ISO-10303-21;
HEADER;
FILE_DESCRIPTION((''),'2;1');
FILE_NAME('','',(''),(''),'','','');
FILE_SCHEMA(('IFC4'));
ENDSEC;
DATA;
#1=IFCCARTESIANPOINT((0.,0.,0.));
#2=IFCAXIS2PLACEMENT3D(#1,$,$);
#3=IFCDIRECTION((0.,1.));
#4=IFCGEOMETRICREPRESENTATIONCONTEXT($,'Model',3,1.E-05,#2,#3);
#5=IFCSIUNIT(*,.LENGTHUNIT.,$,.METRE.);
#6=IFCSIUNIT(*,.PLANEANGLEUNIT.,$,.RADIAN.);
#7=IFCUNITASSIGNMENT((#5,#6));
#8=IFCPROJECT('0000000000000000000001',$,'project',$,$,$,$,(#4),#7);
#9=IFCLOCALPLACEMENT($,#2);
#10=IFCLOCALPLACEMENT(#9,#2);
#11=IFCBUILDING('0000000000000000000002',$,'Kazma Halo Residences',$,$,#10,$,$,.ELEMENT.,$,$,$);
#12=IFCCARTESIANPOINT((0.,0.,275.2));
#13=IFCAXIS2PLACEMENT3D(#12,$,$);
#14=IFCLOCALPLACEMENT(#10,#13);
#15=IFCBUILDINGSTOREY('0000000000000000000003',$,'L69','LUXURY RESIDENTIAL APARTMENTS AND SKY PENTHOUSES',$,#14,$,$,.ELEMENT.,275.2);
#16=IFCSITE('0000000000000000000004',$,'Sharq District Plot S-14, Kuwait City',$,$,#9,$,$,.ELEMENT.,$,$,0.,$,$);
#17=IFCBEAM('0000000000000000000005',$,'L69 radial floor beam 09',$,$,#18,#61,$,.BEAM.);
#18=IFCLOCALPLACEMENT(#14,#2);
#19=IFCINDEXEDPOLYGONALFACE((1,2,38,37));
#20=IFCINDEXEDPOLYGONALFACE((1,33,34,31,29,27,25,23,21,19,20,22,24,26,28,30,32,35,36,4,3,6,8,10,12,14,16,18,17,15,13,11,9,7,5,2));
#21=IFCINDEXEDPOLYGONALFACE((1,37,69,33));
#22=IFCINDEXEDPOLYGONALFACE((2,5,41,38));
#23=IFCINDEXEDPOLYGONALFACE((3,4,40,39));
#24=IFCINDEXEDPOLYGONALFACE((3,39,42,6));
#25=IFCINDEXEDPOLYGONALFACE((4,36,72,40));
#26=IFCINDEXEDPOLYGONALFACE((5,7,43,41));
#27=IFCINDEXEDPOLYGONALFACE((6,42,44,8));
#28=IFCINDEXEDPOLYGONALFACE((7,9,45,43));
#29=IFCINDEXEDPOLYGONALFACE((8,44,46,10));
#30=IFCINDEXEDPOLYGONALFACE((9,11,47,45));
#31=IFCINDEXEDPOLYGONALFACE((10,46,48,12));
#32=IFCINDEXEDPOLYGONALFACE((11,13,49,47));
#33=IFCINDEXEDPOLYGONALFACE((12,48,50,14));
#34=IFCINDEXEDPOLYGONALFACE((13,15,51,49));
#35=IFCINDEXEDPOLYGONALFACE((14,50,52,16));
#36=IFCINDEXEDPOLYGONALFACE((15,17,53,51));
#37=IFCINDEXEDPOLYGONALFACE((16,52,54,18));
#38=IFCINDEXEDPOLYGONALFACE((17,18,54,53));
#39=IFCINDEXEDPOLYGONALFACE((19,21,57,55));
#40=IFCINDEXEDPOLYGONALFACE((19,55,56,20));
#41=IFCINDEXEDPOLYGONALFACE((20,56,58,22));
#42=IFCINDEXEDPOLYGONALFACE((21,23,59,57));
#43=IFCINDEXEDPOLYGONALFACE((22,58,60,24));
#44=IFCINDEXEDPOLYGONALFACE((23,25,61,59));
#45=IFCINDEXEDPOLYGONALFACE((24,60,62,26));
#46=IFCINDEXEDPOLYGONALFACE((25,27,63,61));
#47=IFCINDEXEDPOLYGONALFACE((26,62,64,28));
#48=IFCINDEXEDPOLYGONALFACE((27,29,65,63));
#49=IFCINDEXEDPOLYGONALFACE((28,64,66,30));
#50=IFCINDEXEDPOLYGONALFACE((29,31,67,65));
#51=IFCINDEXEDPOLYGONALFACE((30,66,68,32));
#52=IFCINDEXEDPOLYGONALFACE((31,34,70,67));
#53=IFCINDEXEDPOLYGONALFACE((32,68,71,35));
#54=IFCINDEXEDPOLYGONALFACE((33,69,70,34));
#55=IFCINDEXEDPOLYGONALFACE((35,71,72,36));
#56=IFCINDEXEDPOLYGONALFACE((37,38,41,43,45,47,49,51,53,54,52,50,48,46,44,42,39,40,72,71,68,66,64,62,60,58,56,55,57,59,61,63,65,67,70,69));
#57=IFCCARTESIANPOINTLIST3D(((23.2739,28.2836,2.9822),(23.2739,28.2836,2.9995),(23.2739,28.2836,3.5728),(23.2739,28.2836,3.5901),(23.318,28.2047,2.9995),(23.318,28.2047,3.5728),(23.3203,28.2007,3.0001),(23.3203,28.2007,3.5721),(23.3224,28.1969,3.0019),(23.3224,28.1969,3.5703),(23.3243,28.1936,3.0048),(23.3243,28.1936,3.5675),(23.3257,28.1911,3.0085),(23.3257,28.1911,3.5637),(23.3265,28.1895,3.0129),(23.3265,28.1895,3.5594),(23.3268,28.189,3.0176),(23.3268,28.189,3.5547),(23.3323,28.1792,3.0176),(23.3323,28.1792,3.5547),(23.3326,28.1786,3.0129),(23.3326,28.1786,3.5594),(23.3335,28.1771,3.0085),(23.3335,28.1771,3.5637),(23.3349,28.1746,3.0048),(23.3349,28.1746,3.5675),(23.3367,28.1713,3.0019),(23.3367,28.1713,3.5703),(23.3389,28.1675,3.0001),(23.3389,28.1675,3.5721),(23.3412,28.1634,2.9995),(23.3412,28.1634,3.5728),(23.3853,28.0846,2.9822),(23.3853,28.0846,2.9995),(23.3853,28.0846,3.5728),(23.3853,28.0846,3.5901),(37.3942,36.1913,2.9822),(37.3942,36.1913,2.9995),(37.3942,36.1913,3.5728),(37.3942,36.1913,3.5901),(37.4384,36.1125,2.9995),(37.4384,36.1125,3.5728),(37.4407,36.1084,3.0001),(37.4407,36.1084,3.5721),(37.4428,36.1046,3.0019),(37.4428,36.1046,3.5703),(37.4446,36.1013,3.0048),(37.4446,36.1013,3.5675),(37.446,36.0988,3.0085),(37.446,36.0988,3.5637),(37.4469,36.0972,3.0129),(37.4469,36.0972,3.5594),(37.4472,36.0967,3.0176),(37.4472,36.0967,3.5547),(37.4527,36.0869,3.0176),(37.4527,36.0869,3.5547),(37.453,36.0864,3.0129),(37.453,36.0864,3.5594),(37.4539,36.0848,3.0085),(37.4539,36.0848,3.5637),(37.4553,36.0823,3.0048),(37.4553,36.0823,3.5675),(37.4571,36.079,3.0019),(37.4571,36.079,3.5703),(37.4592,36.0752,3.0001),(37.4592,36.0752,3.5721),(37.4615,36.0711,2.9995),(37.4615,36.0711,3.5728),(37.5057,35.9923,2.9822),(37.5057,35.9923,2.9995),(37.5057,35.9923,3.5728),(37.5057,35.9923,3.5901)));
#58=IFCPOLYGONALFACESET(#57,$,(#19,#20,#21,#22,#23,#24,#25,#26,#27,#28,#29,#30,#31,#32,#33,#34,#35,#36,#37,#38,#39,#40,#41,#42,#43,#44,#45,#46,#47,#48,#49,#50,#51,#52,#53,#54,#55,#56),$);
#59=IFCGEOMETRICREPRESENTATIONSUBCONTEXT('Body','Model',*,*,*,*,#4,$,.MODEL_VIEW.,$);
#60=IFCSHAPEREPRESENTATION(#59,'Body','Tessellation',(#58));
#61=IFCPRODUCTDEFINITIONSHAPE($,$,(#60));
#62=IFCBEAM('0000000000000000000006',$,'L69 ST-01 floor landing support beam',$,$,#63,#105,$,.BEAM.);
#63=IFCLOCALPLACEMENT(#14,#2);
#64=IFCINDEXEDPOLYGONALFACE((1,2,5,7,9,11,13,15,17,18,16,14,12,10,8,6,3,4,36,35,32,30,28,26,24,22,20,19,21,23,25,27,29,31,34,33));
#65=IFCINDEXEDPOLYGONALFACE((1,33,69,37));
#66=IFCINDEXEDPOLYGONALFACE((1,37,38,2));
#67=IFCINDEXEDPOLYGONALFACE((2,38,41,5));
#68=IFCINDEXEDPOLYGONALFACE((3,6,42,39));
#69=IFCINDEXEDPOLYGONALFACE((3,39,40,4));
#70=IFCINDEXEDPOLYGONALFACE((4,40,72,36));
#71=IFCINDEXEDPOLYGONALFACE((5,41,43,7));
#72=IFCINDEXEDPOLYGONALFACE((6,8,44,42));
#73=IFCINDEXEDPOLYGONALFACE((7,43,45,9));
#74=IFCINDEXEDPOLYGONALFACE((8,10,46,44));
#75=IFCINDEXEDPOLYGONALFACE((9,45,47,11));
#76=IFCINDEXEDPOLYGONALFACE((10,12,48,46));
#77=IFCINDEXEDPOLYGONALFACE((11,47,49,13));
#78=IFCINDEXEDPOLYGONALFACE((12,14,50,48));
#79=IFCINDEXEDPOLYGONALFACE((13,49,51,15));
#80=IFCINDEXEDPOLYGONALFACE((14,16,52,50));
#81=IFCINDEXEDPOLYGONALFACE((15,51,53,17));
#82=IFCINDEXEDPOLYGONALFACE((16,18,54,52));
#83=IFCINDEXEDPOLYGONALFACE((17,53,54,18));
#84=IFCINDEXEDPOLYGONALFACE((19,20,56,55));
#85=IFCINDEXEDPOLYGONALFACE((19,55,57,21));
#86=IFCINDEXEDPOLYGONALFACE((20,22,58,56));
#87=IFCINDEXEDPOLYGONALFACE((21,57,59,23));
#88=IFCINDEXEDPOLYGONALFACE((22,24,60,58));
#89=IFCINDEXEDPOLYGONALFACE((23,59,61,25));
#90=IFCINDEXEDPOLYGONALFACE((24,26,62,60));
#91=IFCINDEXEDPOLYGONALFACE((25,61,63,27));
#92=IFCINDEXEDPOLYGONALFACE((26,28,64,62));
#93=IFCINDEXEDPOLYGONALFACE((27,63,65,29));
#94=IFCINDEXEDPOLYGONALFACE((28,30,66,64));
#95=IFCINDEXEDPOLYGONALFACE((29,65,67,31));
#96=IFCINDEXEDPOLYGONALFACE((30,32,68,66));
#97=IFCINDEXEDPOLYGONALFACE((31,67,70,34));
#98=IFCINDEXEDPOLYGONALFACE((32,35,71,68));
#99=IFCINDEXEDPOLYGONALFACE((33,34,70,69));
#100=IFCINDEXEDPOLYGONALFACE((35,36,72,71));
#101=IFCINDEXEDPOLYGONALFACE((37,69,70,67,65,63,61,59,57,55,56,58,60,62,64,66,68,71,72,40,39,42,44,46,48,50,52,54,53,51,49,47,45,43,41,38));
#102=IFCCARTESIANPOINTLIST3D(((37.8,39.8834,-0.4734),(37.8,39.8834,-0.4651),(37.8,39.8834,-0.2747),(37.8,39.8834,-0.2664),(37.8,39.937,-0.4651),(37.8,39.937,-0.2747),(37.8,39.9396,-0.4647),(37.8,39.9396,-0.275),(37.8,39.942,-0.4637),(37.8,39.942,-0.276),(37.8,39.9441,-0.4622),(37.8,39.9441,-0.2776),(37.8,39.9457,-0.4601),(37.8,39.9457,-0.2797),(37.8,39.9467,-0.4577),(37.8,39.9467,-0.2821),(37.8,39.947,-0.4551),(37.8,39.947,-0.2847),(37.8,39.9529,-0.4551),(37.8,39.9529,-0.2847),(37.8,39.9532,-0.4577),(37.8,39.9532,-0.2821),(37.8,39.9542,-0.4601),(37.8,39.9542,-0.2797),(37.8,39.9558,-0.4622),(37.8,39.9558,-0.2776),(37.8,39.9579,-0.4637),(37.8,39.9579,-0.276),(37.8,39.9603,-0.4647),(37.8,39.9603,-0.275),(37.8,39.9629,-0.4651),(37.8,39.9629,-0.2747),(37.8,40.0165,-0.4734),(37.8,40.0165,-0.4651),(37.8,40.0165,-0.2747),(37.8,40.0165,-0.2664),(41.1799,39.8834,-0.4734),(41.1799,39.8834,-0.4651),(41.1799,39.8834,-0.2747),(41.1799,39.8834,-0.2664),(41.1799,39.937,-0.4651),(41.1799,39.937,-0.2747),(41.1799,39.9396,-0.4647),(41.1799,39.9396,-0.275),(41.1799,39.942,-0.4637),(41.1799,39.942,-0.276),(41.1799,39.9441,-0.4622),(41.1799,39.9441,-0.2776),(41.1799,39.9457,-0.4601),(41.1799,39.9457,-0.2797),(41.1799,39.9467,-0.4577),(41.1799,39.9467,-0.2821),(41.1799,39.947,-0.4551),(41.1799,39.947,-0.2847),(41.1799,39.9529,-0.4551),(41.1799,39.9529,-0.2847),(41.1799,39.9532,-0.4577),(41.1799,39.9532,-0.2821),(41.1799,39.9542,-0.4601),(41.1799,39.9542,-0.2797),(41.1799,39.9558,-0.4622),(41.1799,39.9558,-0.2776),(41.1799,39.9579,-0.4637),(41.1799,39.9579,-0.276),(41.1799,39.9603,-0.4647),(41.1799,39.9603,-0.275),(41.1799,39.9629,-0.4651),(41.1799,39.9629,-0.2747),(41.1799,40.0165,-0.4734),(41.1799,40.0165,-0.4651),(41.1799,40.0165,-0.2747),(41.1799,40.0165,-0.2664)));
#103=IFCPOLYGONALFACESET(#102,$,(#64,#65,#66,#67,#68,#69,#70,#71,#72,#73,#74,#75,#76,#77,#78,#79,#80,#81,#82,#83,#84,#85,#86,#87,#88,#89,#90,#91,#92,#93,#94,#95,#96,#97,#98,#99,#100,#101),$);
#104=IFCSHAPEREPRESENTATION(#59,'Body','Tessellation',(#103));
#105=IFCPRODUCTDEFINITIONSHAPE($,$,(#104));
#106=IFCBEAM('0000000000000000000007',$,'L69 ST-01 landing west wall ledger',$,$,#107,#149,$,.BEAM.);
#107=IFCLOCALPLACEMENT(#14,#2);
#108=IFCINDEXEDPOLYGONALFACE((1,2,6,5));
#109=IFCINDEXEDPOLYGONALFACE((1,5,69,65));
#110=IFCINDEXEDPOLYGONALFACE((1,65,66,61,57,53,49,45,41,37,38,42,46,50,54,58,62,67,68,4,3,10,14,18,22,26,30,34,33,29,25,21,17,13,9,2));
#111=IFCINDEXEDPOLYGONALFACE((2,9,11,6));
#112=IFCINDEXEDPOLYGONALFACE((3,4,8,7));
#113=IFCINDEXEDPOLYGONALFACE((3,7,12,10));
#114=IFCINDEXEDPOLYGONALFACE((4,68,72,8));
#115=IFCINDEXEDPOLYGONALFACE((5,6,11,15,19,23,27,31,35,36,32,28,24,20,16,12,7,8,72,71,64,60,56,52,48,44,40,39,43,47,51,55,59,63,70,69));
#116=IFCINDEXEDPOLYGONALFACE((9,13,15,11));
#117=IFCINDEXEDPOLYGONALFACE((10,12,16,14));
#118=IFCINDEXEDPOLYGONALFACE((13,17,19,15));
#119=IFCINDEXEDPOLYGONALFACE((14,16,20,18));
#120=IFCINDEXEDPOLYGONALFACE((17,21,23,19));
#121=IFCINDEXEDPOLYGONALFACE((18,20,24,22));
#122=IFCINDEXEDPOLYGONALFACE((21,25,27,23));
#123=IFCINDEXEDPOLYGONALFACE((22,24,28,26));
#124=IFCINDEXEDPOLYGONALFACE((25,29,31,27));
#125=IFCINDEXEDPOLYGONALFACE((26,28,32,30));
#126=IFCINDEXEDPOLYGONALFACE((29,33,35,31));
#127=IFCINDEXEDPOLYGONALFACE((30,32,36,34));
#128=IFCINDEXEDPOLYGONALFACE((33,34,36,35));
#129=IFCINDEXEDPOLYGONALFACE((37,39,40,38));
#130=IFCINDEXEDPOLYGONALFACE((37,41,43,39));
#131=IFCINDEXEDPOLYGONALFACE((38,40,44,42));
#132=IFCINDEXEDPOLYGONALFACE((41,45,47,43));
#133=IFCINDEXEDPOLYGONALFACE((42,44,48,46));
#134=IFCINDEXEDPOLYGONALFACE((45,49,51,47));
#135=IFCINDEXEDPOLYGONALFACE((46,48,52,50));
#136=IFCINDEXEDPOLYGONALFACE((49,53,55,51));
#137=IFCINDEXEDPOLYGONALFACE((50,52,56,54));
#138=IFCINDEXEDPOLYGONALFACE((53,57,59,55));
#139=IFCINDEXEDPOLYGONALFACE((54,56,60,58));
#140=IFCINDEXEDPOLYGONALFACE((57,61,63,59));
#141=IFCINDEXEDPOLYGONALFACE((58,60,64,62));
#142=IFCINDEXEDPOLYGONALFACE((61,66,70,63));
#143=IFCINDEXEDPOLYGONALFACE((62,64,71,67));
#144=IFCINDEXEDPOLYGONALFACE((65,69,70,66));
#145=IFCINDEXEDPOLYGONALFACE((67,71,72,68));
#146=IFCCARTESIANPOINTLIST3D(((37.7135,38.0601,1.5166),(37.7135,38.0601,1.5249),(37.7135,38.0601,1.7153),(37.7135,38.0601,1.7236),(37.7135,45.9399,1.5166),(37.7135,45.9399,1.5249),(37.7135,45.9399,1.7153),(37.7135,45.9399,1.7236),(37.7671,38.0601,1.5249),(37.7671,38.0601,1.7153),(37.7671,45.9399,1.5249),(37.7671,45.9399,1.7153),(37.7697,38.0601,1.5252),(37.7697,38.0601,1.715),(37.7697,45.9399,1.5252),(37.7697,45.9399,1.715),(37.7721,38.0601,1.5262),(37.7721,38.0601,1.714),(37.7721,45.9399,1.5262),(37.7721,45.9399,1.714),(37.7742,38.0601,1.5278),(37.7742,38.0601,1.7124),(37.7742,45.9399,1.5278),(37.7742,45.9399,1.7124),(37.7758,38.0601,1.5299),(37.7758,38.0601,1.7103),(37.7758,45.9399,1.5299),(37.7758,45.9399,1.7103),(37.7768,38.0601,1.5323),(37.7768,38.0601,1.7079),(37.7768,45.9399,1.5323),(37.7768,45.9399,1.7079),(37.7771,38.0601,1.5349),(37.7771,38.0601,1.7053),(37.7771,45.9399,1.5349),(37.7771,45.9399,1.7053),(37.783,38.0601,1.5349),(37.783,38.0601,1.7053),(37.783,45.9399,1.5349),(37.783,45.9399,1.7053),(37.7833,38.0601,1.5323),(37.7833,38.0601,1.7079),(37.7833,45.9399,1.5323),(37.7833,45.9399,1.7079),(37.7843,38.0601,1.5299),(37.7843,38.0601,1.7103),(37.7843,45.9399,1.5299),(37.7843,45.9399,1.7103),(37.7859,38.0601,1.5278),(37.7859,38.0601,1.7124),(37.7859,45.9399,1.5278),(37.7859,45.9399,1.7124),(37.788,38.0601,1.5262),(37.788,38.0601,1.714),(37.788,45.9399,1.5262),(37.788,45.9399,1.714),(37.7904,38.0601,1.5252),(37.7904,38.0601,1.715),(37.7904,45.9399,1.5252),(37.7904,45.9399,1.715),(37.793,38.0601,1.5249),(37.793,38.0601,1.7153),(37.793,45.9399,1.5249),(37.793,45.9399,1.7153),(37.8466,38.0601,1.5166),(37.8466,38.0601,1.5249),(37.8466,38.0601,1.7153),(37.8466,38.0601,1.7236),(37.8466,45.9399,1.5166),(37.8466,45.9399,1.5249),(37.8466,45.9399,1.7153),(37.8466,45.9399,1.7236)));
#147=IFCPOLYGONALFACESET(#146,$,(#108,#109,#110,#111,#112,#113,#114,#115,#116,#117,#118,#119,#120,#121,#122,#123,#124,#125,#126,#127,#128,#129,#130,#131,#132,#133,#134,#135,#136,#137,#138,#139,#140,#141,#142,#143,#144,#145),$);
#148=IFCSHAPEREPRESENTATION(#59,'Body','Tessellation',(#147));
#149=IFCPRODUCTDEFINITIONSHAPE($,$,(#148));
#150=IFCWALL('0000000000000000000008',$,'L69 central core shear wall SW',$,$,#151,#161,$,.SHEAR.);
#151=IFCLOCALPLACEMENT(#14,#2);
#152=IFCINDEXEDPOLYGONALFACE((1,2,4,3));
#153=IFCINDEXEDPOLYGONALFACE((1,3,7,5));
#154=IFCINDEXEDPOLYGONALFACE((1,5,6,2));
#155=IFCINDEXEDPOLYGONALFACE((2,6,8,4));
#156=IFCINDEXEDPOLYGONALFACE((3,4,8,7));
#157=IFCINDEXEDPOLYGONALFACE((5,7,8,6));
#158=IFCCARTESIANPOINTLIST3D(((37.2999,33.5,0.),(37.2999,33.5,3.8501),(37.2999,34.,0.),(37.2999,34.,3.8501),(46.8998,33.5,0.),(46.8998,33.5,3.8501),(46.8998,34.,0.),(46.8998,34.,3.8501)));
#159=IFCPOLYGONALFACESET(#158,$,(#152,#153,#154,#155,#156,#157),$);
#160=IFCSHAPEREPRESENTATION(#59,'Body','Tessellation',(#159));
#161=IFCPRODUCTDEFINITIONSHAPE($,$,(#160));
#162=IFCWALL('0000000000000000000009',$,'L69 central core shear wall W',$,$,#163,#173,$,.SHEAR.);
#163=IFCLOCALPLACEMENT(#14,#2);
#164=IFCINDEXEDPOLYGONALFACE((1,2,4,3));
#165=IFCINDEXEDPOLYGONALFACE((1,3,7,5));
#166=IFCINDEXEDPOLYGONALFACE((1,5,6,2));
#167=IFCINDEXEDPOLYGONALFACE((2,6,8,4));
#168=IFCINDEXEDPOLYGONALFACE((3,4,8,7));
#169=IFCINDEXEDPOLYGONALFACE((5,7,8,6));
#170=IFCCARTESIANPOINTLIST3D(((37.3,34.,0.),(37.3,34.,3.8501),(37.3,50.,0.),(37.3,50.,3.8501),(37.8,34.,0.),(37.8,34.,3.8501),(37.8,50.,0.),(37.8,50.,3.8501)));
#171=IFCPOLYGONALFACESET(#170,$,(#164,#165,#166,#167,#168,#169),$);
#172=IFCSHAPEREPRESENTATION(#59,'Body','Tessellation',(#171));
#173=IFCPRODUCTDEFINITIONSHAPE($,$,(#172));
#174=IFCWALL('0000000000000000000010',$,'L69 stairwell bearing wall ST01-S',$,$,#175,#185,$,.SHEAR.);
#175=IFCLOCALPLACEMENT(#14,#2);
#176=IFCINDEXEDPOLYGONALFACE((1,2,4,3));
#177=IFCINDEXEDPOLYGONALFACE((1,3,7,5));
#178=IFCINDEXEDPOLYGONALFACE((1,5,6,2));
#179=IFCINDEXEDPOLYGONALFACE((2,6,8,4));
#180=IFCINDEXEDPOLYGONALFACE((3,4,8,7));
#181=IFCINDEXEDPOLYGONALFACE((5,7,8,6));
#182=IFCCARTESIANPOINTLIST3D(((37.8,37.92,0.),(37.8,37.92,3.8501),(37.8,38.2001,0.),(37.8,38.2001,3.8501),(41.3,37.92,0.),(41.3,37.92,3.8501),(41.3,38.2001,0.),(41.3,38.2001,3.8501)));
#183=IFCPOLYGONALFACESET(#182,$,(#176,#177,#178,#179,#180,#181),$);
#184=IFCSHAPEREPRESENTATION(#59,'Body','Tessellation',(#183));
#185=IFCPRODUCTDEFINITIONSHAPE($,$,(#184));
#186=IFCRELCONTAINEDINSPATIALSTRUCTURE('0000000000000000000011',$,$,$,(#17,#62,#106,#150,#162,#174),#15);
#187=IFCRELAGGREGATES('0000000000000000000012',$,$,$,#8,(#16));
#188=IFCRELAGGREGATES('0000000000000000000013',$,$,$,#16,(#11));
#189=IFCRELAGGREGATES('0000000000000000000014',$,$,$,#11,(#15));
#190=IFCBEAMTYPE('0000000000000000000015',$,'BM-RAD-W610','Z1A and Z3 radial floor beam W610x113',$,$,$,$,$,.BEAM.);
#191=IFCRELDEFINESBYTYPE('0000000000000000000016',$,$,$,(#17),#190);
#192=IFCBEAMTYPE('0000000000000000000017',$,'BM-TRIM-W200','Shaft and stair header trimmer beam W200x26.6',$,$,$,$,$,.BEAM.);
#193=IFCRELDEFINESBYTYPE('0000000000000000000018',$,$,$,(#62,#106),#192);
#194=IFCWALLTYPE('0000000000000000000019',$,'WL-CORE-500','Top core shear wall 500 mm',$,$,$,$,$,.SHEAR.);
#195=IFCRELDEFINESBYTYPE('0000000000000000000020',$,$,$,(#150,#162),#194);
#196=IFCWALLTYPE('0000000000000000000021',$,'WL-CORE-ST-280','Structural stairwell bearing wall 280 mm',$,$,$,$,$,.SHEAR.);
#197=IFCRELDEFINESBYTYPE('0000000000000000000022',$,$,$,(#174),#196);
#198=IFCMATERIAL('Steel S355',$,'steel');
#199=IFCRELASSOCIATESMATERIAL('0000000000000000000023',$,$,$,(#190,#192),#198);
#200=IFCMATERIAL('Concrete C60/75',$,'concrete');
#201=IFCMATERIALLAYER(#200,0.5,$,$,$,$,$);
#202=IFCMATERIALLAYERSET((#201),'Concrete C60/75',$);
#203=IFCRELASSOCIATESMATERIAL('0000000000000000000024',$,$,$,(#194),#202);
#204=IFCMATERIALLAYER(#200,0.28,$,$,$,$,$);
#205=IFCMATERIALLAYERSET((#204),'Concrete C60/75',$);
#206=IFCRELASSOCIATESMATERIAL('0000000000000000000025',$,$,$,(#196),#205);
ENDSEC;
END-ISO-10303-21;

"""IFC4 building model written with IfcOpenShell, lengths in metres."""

from ifc_helpers import new_model, si_unit, direction, frame, frame_2d, origin, origin_2d, place, context, subcontext, project, spatial, rectangle, i_section, extrude, material, layer, layer_set, material_profile, profile_set, type_object, element, save


model = new_model("IFC4")

# Units and contexts
model_context = context("Model", 3, precision=1e-05, world=origin(), true_north=direction((0.0, 1.0)))
body_context = subcontext(model_context, "Body", "Model", "MODEL_VIEW")
ifc_project = project(units=[si_unit("LENGTHUNIT", "METRE"), si_unit("PLANEANGLEUNIT", "RADIAN")], contexts=[model_context])

# Site, building, storey
site_placement = place(None, origin())
site = spatial("IfcSite", under=ifc_project, at=site_placement, Name="Sharq District Plot S-14, Kuwait City", CompositionType="ELEMENT", RefElevation=0.0)
building_placement = place(site_placement, origin())
building = spatial("IfcBuilding", under=site, at=building_placement, Name="Kazma Halo Residences", CompositionType="ELEMENT")
storey_placement = place(building_placement, frame((0.0, 0.0, 275.2)))
storey = spatial("IfcBuildingStorey", under=building, at=storey_placement, Name="L69", Description="LUXURY RESIDENTIAL APARTMENTS AND SKY PENTHOUSES", CompositionType="ELEMENT", Elevation=275.2)

# Beams
ifc_material_1 = material(Name="Steel S355", Category="steel")
ifc_material_profile_1 = material_profile(ifc_material_1, i_section(OverallWidth=0.228, OverallDepth=0.6079, WebThickness=0.0112, FlangeThickness=0.0173, FilletRadius=0.0181, at=origin_2d()), Name="W610x113")
ifc_profile_set_1 = profile_set([ifc_material_profile_1], Name="Steel S355")
beam_type_1 = type_object("IfcBeamType", Name="BM-RAD-W610", Description="Z1A and Z3 radial floor beam W610x113", PredefinedType="BEAM", material=ifc_profile_set_1)
beam_1_placement = place(storey_placement, frame((37.45, 36.0918, 3.2861), z_axis=(-0.872498, -0.488618, 0.0), x_axis=(0.488618, -0.872498, 0.0)))
element("IfcBeam", 1, at=beam_1_placement, inside=storey, type_object=beam_type_1, Name="L69 radial floor beam 09", PredefinedType="BEAM", context=body_context, shape_type="SweptSolid", body=[
    extrude(i_section(OverallWidth=0.228, OverallDepth=0.6079, WebThickness=0.0112, FlangeThickness=0.0173, FilletRadius=0.0181, at=origin_2d()), origin(), (0.0, 0.0, 1.0), 16.1838),
])
ifc_material_profile_2 = material_profile(ifc_material_1, i_section(OverallWidth=0.1331, OverallDepth=0.207, WebThickness=0.0059, FlangeThickness=0.0083, FilletRadius=0.01, at=origin_2d()), Name="W200x26.6")
ifc_profile_set_2 = profile_set([ifc_material_profile_2], Name="Steel S355")
beam_type_2 = type_object("IfcBeamType", Name="BM-TRIM-W200", Description="Shaft and stair header trimmer beam W200x26.6", PredefinedType="BEAM", material=ifc_profile_set_2)
beam_2_placement = place(storey_placement, frame((37.8, 39.95, -0.3699), z_axis=(1.0, 0.0, 0.0), x_axis=(0.0, 1.0, 0.0)))
element("IfcBeam", 2, at=beam_2_placement, inside=storey, type_object=beam_type_2, Name="L69 ST-01 floor landing support beam", PredefinedType="BEAM", context=body_context, shape_type="SweptSolid", body=[
    extrude(i_section(OverallWidth=0.1331, OverallDepth=0.207, WebThickness=0.0059, FlangeThickness=0.0083, FilletRadius=0.01, at=origin_2d()), origin(), (0.0, 0.0, 1.0), 3.3799),
])
beam_3_placement = place(storey_placement, frame((37.78, 38.0601, 1.6201), z_axis=(0.0, 1.0, 0.0), x_axis=(-1.0, 0.0, 0.0)))
element("IfcBeam", 3, at=beam_3_placement, inside=storey, type_object=beam_type_2, Name="L69 ST-01 landing west wall ledger", PredefinedType="BEAM", context=body_context, shape_type="SweptSolid", body=[
    extrude(i_section(OverallWidth=0.1331, OverallDepth=0.207, WebThickness=0.0059, FlangeThickness=0.0083, FilletRadius=0.01, at=origin_2d()), origin(), (0.0, 0.0, 1.0), 7.8799),
])

# Walls
ifc_material_2 = material(Name="Concrete C60/75", Category="concrete")
ifc_layer_1 = layer(ifc_material_2, 0.5)
ifc_layer_set_1 = layer_set([ifc_layer_1], Name="Concrete C60/75")
wall_type_1 = type_object("IfcWallType", Name="WL-CORE-500", Description="Top core shear wall 500 mm", PredefinedType="SHEAR", material=ifc_layer_set_1)
wall_1_placement = place(storey_placement, frame((37.3, 33.75, 0.0), z_axis=(0.0, 0.0, 1.0), x_axis=(1.0, 0.0, 0.0)))
element("IfcWall", 4, at=wall_1_placement, inside=storey, type_object=wall_type_1, Name="L69 central core shear wall SW", PredefinedType="SHEAR", context=body_context, shape_type="SweptSolid", body=[
    extrude(rectangle(XDim=9.5999, YDim=0.5, at=frame_2d((4.7998, 0.0))), origin(), (0.0, 0.0, 1.0), 3.8501),
])
wall_2_placement = place(storey_placement, frame((37.55, 34.0, 0.0), z_axis=(0.0, 0.0, 1.0), x_axis=(0.0, 1.0, 0.0)))
element("IfcWall", 5, at=wall_2_placement, inside=storey, type_object=wall_type_1, Name="L69 central core shear wall W", PredefinedType="SHEAR", context=body_context, shape_type="SweptSolid", body=[
    extrude(rectangle(XDim=16.0, YDim=0.5, at=frame_2d((8.0, 0.0))), origin(), (0.0, 0.0, 1.0), 3.8501),
])
ifc_layer_2 = layer(ifc_material_2, 0.28)
ifc_layer_set_2 = layer_set([ifc_layer_2], Name="Concrete C60/75")
wall_type_2 = type_object("IfcWallType", Name="WL-CORE-ST-280", Description="Structural stairwell bearing wall 280 mm", PredefinedType="SHEAR", material=ifc_layer_set_2)
wall_3_placement = place(storey_placement, frame((37.8, 38.0601, 0.0), z_axis=(0.0, 0.0, 1.0), x_axis=(1.0, 0.0, 0.0)))
element("IfcWall", 6, at=wall_3_placement, inside=storey, type_object=wall_type_2, Name="L69 stairwell bearing wall ST01-S", PredefinedType="SHEAR", context=body_context, shape_type="SweptSolid", body=[
    extrude(rectangle(XDim=3.5, YDim=0.28, at=frame_2d((1.75, 0.0))), origin(), (0.0, 0.0, 1.0), 3.8501),
])

save(model, "model.ifc")
